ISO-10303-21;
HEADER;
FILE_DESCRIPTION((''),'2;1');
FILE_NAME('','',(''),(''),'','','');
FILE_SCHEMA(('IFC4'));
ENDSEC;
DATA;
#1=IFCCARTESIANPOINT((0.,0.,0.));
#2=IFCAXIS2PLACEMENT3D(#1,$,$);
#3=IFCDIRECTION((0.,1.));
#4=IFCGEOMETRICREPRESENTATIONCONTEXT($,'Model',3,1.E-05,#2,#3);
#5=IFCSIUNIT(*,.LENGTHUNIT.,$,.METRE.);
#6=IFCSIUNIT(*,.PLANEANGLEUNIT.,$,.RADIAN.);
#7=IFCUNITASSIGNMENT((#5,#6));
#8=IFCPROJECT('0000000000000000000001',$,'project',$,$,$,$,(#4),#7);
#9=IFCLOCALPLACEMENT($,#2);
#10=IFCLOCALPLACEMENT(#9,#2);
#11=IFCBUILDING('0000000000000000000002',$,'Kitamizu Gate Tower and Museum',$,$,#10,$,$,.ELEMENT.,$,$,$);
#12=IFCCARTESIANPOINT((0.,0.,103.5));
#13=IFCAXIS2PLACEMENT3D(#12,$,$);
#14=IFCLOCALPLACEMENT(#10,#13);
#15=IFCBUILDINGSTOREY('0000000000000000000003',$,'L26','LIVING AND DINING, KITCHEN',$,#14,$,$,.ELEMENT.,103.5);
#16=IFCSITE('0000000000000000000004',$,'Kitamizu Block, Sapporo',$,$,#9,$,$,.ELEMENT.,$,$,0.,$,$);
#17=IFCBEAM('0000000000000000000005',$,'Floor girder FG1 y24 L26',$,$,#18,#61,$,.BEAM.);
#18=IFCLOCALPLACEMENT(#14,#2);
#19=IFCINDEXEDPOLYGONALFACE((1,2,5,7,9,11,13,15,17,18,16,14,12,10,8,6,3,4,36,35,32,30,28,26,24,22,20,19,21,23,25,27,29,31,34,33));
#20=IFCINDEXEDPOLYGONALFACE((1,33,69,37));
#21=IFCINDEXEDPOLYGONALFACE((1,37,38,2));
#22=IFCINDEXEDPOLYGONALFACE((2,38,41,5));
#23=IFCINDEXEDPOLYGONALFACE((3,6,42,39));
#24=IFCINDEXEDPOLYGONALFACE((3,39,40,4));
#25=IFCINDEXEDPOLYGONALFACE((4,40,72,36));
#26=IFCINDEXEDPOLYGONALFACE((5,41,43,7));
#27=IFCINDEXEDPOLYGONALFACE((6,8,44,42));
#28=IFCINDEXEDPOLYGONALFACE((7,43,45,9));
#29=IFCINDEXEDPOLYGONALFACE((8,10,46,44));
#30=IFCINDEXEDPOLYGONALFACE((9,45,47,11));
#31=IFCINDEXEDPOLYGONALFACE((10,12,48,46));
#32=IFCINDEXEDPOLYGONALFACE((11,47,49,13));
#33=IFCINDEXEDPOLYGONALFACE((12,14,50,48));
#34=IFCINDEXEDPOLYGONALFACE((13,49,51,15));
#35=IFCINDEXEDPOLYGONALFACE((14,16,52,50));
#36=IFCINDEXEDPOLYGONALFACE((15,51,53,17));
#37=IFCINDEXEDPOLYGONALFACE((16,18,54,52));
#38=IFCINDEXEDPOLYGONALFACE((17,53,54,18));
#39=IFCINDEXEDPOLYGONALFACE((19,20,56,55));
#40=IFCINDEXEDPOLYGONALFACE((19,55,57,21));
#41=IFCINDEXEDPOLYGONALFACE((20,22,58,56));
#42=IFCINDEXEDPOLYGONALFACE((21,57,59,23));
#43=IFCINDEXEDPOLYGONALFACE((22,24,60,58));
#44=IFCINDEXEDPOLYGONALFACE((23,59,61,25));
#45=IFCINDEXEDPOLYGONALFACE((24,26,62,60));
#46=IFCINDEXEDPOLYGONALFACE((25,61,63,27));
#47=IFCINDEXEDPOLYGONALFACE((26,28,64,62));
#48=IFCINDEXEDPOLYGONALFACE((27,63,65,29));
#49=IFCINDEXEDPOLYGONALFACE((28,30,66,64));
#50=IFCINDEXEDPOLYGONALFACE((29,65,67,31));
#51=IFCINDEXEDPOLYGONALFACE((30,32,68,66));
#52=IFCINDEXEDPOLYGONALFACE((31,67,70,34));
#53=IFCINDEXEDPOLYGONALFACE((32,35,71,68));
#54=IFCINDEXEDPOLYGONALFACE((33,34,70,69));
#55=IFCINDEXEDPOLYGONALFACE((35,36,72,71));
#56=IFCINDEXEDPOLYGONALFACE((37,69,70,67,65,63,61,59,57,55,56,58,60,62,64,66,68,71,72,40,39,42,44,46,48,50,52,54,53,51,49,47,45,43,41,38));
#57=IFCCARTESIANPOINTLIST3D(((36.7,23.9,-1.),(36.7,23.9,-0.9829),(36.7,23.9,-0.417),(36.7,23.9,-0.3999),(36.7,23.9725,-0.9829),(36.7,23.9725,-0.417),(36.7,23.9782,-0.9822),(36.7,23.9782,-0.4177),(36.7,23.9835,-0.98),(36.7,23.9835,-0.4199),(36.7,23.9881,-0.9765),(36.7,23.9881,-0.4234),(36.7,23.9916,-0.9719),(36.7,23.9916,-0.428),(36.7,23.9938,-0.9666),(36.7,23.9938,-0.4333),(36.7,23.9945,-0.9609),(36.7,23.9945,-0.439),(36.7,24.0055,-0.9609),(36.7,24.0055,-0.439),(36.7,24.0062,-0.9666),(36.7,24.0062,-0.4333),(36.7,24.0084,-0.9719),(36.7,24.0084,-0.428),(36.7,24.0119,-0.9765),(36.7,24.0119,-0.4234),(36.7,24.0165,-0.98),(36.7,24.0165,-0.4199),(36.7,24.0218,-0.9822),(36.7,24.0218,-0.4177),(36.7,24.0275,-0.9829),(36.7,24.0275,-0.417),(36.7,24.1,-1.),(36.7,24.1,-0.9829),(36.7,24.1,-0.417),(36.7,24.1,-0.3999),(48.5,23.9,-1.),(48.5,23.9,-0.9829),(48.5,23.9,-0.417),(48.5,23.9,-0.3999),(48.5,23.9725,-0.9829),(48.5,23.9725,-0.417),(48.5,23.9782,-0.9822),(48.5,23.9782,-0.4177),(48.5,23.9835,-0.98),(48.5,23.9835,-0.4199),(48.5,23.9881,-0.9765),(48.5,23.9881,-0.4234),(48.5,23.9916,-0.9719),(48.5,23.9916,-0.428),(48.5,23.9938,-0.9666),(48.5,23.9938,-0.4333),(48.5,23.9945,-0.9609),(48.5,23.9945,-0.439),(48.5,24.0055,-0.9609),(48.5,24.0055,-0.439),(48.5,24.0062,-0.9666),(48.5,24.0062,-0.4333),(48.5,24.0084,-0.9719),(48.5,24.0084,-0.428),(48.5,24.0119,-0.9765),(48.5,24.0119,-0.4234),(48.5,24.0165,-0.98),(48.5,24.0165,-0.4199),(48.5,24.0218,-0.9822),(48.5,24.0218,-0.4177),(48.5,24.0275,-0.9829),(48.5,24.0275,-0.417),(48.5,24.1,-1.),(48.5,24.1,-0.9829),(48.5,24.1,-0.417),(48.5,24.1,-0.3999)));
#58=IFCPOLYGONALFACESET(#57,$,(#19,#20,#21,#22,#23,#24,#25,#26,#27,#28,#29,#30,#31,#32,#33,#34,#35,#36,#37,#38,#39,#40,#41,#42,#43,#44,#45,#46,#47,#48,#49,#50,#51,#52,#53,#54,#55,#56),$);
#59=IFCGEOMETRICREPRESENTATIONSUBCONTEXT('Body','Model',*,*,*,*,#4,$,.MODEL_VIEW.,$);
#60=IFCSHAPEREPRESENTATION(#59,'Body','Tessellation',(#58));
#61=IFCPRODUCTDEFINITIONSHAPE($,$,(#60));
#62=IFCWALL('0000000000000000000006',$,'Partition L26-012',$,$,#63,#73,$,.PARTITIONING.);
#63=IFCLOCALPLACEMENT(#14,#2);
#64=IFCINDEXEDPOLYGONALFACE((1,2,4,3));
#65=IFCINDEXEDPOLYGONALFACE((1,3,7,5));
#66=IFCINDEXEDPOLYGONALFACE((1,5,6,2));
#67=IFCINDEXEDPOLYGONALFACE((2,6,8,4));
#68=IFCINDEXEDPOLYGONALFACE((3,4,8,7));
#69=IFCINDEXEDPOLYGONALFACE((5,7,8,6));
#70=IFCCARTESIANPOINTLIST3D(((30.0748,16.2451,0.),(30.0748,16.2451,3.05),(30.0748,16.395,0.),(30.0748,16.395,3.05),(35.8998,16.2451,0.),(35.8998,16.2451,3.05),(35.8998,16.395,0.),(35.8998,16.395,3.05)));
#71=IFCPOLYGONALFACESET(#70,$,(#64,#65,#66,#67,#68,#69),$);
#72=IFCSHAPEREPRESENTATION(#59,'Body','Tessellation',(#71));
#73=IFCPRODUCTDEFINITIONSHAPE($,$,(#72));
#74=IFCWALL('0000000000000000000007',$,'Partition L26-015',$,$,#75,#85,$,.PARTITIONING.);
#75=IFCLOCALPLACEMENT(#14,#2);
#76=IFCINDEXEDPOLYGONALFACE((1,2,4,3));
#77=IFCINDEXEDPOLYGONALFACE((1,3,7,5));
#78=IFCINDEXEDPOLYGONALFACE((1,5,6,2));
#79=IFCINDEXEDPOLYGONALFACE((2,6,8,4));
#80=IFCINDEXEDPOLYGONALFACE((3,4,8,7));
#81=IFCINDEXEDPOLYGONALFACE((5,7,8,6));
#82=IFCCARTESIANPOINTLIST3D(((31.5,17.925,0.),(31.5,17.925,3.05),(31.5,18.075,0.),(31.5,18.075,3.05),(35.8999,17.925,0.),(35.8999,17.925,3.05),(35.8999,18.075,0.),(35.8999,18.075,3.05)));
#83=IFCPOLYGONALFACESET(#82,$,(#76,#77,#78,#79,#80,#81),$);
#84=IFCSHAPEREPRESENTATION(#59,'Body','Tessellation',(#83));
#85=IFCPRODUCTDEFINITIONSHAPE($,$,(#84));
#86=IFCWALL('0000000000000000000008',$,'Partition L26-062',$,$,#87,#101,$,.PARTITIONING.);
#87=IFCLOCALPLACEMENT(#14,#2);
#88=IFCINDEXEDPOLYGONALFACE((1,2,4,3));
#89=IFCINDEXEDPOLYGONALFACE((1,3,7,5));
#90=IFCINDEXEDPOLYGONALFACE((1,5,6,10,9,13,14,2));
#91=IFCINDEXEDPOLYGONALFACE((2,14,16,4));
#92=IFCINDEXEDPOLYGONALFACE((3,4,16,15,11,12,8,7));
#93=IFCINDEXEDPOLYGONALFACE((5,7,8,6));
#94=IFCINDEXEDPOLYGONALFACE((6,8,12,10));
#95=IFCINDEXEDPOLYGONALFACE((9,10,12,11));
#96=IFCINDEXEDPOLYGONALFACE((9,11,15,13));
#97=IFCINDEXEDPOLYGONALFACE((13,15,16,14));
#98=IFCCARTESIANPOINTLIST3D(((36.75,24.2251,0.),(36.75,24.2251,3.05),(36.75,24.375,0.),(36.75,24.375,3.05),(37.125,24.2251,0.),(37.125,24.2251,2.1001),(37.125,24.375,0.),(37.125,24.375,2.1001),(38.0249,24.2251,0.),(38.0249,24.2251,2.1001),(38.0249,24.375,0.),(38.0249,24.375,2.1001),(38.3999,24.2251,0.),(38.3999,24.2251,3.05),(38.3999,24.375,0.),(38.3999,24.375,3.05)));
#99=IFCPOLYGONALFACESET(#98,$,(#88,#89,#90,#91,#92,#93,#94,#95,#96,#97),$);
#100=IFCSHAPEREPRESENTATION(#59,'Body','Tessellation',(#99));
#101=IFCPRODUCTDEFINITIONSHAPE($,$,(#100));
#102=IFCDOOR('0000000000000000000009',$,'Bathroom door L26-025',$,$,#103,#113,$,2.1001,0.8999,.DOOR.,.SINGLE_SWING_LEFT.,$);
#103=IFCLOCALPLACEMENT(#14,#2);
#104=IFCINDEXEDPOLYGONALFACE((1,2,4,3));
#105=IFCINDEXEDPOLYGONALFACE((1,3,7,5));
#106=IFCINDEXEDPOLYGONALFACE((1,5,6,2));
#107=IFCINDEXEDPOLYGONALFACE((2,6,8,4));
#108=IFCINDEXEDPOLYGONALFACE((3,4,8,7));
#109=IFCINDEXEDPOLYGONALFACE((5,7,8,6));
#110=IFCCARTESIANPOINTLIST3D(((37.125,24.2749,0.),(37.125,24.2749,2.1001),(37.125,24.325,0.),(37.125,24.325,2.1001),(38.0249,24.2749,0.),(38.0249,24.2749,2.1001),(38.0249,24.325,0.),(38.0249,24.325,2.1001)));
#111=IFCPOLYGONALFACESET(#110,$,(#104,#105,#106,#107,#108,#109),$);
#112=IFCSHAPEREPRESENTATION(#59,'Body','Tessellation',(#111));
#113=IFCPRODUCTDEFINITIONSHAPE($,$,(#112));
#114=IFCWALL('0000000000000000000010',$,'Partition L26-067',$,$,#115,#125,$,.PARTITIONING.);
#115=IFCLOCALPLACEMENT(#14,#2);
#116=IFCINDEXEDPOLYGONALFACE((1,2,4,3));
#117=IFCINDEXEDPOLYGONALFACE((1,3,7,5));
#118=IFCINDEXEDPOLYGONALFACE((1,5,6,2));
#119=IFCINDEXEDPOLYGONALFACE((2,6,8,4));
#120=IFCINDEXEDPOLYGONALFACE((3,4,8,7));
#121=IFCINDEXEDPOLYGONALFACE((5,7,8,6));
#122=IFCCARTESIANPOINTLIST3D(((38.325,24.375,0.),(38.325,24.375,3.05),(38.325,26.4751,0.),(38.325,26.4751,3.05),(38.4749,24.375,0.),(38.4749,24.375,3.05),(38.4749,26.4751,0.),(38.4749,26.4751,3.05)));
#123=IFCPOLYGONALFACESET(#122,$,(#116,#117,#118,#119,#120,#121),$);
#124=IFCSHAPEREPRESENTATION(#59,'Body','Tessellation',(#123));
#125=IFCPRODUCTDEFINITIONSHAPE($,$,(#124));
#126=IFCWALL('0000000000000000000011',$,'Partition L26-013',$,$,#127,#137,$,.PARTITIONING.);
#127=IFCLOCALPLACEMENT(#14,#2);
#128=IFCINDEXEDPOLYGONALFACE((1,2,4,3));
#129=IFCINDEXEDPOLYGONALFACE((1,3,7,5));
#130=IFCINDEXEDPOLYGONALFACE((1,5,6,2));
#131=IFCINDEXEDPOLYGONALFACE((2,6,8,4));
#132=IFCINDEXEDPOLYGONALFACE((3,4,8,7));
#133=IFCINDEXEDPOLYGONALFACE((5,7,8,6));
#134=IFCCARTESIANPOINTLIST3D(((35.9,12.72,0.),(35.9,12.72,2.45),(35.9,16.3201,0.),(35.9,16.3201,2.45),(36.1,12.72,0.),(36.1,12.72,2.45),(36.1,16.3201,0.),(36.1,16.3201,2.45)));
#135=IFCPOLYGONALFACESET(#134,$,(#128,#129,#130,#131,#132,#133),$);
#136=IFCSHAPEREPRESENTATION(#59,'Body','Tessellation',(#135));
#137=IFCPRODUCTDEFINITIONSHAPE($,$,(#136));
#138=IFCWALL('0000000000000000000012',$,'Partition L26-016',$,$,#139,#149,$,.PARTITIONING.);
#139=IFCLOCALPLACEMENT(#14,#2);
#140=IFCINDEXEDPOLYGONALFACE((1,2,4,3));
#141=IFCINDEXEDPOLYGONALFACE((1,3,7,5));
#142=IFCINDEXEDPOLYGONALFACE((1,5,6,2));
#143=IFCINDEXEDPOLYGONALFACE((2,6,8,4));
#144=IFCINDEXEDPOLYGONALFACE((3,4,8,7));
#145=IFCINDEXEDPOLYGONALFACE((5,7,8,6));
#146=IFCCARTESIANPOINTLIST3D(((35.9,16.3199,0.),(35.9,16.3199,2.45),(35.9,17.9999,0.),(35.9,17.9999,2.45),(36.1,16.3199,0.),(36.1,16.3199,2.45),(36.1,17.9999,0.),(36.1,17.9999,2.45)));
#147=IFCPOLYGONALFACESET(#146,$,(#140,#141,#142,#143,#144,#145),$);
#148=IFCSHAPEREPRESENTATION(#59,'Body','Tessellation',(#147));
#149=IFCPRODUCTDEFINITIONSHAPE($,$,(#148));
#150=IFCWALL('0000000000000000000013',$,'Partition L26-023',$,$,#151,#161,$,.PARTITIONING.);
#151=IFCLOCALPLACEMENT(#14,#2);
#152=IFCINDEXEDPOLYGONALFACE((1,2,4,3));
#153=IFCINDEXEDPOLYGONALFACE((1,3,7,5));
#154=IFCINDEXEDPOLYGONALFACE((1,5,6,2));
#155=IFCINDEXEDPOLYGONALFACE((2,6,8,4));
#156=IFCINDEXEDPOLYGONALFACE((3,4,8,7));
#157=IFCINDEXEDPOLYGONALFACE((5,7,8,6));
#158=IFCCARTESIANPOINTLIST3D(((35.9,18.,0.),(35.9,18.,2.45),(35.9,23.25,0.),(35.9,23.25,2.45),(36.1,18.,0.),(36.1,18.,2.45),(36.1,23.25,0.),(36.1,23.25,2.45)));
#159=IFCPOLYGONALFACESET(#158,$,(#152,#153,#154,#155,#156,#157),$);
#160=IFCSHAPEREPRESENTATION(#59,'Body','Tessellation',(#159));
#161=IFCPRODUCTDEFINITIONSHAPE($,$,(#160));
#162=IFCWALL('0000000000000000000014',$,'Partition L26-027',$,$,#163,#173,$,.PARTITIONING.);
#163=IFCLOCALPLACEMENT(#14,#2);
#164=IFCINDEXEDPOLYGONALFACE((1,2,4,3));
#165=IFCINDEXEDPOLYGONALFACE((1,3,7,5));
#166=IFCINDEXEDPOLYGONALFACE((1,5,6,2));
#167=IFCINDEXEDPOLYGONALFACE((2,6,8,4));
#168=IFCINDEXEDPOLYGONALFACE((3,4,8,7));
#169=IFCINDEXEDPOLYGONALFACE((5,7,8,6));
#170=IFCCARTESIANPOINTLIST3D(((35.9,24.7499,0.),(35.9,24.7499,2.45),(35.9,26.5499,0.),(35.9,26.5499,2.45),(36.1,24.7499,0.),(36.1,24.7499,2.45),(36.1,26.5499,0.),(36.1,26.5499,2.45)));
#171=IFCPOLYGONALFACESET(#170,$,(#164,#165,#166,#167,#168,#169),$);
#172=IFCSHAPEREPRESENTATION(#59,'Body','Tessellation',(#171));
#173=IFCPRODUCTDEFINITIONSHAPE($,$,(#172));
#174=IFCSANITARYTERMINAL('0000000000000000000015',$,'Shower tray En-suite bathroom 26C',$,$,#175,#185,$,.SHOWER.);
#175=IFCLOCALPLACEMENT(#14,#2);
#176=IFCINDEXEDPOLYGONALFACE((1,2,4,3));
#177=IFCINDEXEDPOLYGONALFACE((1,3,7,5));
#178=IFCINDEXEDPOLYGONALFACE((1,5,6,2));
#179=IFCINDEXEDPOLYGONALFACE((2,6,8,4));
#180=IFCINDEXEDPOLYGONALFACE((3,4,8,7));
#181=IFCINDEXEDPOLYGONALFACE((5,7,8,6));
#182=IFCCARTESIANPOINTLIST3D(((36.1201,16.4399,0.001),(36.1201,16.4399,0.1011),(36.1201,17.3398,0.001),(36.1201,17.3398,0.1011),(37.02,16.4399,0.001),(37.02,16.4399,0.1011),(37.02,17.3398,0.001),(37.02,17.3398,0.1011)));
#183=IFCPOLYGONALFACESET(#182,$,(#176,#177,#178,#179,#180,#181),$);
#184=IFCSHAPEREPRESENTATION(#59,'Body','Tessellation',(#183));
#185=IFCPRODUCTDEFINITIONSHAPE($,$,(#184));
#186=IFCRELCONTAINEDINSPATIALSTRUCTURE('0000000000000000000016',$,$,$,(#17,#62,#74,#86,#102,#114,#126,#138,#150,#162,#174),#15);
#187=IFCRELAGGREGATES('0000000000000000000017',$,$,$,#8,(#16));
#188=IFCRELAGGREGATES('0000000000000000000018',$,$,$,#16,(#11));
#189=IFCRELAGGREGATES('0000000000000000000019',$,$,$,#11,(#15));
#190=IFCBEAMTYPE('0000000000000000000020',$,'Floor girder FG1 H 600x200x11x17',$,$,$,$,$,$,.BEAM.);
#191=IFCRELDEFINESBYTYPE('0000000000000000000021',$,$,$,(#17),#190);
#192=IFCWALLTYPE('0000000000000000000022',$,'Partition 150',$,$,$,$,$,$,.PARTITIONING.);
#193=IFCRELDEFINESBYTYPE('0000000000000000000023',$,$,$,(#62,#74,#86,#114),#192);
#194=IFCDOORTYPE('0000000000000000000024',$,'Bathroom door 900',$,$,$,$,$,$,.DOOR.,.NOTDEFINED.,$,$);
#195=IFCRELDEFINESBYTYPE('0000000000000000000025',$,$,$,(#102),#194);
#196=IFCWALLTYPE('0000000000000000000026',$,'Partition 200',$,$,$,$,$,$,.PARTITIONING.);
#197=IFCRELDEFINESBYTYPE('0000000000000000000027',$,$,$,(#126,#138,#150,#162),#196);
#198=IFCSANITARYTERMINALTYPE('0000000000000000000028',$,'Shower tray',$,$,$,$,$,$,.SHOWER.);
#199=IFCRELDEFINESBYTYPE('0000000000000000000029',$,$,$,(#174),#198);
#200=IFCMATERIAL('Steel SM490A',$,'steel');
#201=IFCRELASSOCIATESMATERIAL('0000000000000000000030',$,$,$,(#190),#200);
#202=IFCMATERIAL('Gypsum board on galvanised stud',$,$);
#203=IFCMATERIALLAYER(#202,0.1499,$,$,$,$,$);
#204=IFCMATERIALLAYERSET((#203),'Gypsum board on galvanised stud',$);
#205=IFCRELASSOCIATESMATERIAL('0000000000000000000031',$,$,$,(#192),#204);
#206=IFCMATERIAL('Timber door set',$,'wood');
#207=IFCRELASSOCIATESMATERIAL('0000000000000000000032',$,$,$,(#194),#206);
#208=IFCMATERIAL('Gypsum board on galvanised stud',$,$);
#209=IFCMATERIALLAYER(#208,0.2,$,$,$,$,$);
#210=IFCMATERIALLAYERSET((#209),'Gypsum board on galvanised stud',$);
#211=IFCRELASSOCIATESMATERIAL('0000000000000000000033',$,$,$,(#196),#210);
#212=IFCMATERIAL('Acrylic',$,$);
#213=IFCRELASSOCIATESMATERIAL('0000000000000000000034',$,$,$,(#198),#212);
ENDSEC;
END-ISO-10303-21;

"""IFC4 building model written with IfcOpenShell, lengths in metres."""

from ifc_helpers import new_model, si_unit, direction, frame, frame_2d, origin, origin_2d, place, context, subcontext, project, spatial, rectangle, i_section, extrude, material, layer, layer_set, material_profile, profile_set, type_object, element, fill, save


model = new_model("IFC4")

# Units and contexts
model_context = context("Model", 3, precision=1e-05, world=origin(), true_north=direction((0.0, 1.0)))
body_context = subcontext(model_context, "Body", "Model", "MODEL_VIEW")
ifc_project = project(units=[si_unit("LENGTHUNIT", "METRE"), si_unit("PLANEANGLEUNIT", "RADIAN")], contexts=[model_context])

# Site, building, storey
site_placement = place(None, origin())
site = spatial("IfcSite", under=ifc_project, at=site_placement, Name="Kitamizu Block, Sapporo", CompositionType="ELEMENT", RefElevation=0.0)
building_placement = place(site_placement, origin())
building = spatial("IfcBuilding", under=site, at=building_placement, Name="Kitamizu Gate Tower and Museum", CompositionType="ELEMENT")
storey_placement = place(building_placement, frame((0.0, 0.0, 103.5)))
storey = spatial("IfcBuildingStorey", under=building, at=storey_placement, Name="L26", Description="LIVING AND DINING, KITCHEN", CompositionType="ELEMENT", Elevation=103.5)

# Beam
ifc_material_1 = material(Name="Steel SM490A", Category="steel")
ifc_material_profile_1 = material_profile(ifc_material_1, i_section(OverallWidth=0.2, OverallDepth=0.6001, WebThickness=0.011, FlangeThickness=0.0171, FilletRadius=0.022, at=origin_2d()), Name="H-600x200x11x17")
ifc_profile_set_1 = profile_set([ifc_material_profile_1], Name="Steel SM490A")
beam_type_1 = type_object("IfcBeamType", Name="Floor girder FG1 H 600x200x11x17", PredefinedType="BEAM", material=ifc_profile_set_1)
beam_1_placement = place(storey_placement, frame((36.7, 24.0, -0.7), z_axis=(1.0, 0.0, 0.0), x_axis=(0.0, 1.0, 0.0)))
element("IfcBeam", 1, at=beam_1_placement, inside=storey, type_object=beam_type_1, Name="Floor girder FG1 y24 L26", PredefinedType="BEAM", context=body_context, shape_type="SweptSolid", body=[
    extrude(i_section(OverallWidth=0.2, OverallDepth=0.6001, WebThickness=0.011, FlangeThickness=0.0171, FilletRadius=0.022, at=origin_2d()), origin(), (0.0, 0.0, 1.0), 11.8),
])

# Walls
ifc_material_2 = material(Name="Gypsum board on galvanised stud")
ifc_layer_1 = layer(ifc_material_2, 0.1499)
ifc_layer_set_1 = layer_set([ifc_layer_1], Name="Gypsum board on galvanised stud")
wall_type_1 = type_object("IfcWallType", Name="Partition 150", PredefinedType="PARTITIONING", material=ifc_layer_set_1)
wall_1_placement = place(storey_placement, frame((35.8999, 16.3201, 0.0), z_axis=(0.0, 0.0, 1.0), x_axis=(-1.0, 0.0, 0.0)))
element("IfcWall", 2, at=wall_1_placement, inside=storey, type_object=wall_type_1, Name="Partition L26-012", PredefinedType="PARTITIONING", context=body_context, shape_type="SweptSolid", body=[
    extrude(rectangle(XDim=5.825, YDim=0.1499, at=frame_2d((2.9126, 0.0))), origin(), (0.0, 0.0, 1.0), 3.05),
])
wall_2_placement = place(storey_placement, frame((35.8999, 18.0, 0.0), z_axis=(0.0, 0.0, 1.0), x_axis=(-1.0, 0.0, 0.0)))
element("IfcWall", 3, at=wall_2_placement, inside=storey, type_object=wall_type_1, Name="Partition L26-015", PredefinedType="PARTITIONING", context=body_context, shape_type="SweptSolid", body=[
    extrude(rectangle(XDim=4.3999, YDim=0.1499, at=frame_2d((2.2, 0.0))), origin(), (0.0, 0.0, 1.0), 3.05),
])

# Wall, opening, door
wall_3_placement = place(storey_placement, frame((38.3999, 24.3, 0.0), z_axis=(0.0, 0.0, 1.0), x_axis=(-1.0, 0.0, 0.0)))
wall_3 = element("IfcWall", 4, at=wall_3_placement, inside=storey, type_object=wall_type_1, Name="Partition L26-062", PredefinedType="PARTITIONING", context=body_context, shape_type="SweptSolid", body=[
    extrude(rectangle(XDim=1.6499, YDim=0.1499, at=frame_2d((0.825, 0.0))), origin(), (0.0, 0.0, 1.0), 3.05),
])
opening_placement = place(wall_3_placement, frame((0.375, 0.0, 0.0)))
opening = element("IfcOpeningElement", 5, at=opening_placement, cuts=wall_3, PredefinedType="OPENING", context=body_context, shape_type="SweptSolid", body=[
    extrude(rectangle(XDim=0.8999, YDim=2.1001, at=frame_2d((0.45, 1.05))), frame((0.0, 0.085, 0.0), z_axis=(0.0, -1.0, 0.0), x_axis=(1.0, 0.0, 0.0)), (0.0, 0.0, 1.0), 0.1699),
])
ifc_material_3 = material(Name="Timber door set", Category="wood")
door_type = type_object("IfcDoorType", Name="Bathroom door 900", OperationType="NOTDEFINED", PredefinedType="DOOR", material=ifc_material_3)
door_placement = place(opening_placement, frame((0.8999, 0.0, 0.0), x_axis=(-1.0, 0.0, 0.0)))
door = element("IfcDoor", 6, at=door_placement, inside=storey, type_object=door_type, Name="Bathroom door L26-025", OperationType="SINGLE_SWING_LEFT", OverallHeight=2.1001, OverallWidth=0.8999, PredefinedType="DOOR", context=body_context, shape_type="SweptSolid", body=[
    extrude(rectangle(XDim=0.8999, YDim=2.1001, at=frame_2d((0.45, 1.05))), frame((0.0, 0.0249, 0.0), z_axis=(0.0, -1.0, 0.0), x_axis=(1.0, 0.0, 0.0)), (0.0, 0.0, 1.0), 0.05),
])
fill(opening, door)

# Walls
wall_4_placement = place(storey_placement, frame((38.3999, 24.375, 0.0), z_axis=(0.0, 0.0, 1.0), x_axis=(0.0, 1.0, 0.0)))
element("IfcWall", 7, at=wall_4_placement, inside=storey, type_object=wall_type_1, Name="Partition L26-067", PredefinedType="PARTITIONING", context=body_context, shape_type="SweptSolid", body=[
    extrude(rectangle(XDim=2.1001, YDim=0.1499, at=frame_2d((1.05, 0.0))), origin(), (0.0, 0.0, 1.0), 3.05),
])
ifc_material_4 = material(Name="Gypsum board on galvanised stud")
ifc_layer_2 = layer(ifc_material_4, 0.2)
ifc_layer_set_2 = layer_set([ifc_layer_2], Name="Gypsum board on galvanised stud")
wall_type_2 = type_object("IfcWallType", Name="Partition 200", PredefinedType="PARTITIONING", material=ifc_layer_set_2)
wall_5_placement = place(storey_placement, frame((36.0, 12.72, 0.0), z_axis=(0.0, 0.0, 1.0), x_axis=(0.0, 1.0, 0.0)))
element("IfcWall", 8, at=wall_5_placement, inside=storey, type_object=wall_type_2, Name="Partition L26-013", PredefinedType="PARTITIONING", context=body_context, shape_type="SweptSolid", body=[
    extrude(rectangle(XDim=3.6001, YDim=0.2, at=frame_2d((1.8, 0.0))), origin(), (0.0, 0.0, 1.0), 2.45),
])
wall_6_placement = place(storey_placement, frame((36.0, 16.3201, 0.0), z_axis=(0.0, 0.0, 1.0), x_axis=(0.0, 1.0, 0.0)))
element("IfcWall", 9, at=wall_6_placement, inside=storey, type_object=wall_type_2, Name="Partition L26-016", PredefinedType="PARTITIONING", context=body_context, shape_type="SweptSolid", body=[
    extrude(rectangle(XDim=1.6799, YDim=0.2, at=frame_2d((0.8398, 0.0))), origin(), (0.0, 0.0, 1.0), 2.45),
])
wall_7_placement = place(storey_placement, frame((36.0, 18.0, 0.0), z_axis=(0.0, 0.0, 1.0), x_axis=(0.0, 1.0, 0.0)))
element("IfcWall", 10, at=wall_7_placement, inside=storey, type_object=wall_type_2, Name="Partition L26-023", PredefinedType="PARTITIONING", context=body_context, shape_type="SweptSolid", body=[
    extrude(rectangle(XDim=5.25, YDim=0.2, at=frame_2d((2.625, 0.0))), origin(), (0.0, 0.0, 1.0), 2.45),
])
wall_8_placement = place(storey_placement, frame((36.0, 24.75, 0.0), z_axis=(0.0, 0.0, 1.0), x_axis=(0.0, 1.0, 0.0)))
element("IfcWall", 11, at=wall_8_placement, inside=storey, type_object=wall_type_2, Name="Partition L26-027", PredefinedType="PARTITIONING", context=body_context, shape_type="SweptSolid", body=[
    extrude(rectangle(XDim=1.8, YDim=0.2, at=frame_2d((0.8999, 0.0))), origin(), (0.0, 0.0, 1.0), 2.45),
])

# Sanitary terminal
ifc_material_5 = material(Name="Acrylic")
sanitary_terminal_type_1 = type_object("IfcSanitaryTerminalType", Name="Shower tray", PredefinedType="SHOWER", material=ifc_material_5)
sanitary_terminal_1_placement = place(storey_placement, frame((36.5701, 16.8899, 0.001), z_axis=(0.0, 0.0, 1.0), x_axis=(1.0, 0.0, 0.0)))
element("IfcSanitaryTerminal", 12, at=sanitary_terminal_1_placement, inside=storey, type_object=sanitary_terminal_type_1, Name="Shower tray En-suite bathroom 26C", PredefinedType="SHOWER", context=body_context, shape_type="SweptSolid", body=[
    extrude(rectangle(XDim=0.8999, YDim=0.8999, at=origin_2d()), origin(), (0.0, 0.0, 1.0), 0.1001),
])

save(model, "model.ifc")
